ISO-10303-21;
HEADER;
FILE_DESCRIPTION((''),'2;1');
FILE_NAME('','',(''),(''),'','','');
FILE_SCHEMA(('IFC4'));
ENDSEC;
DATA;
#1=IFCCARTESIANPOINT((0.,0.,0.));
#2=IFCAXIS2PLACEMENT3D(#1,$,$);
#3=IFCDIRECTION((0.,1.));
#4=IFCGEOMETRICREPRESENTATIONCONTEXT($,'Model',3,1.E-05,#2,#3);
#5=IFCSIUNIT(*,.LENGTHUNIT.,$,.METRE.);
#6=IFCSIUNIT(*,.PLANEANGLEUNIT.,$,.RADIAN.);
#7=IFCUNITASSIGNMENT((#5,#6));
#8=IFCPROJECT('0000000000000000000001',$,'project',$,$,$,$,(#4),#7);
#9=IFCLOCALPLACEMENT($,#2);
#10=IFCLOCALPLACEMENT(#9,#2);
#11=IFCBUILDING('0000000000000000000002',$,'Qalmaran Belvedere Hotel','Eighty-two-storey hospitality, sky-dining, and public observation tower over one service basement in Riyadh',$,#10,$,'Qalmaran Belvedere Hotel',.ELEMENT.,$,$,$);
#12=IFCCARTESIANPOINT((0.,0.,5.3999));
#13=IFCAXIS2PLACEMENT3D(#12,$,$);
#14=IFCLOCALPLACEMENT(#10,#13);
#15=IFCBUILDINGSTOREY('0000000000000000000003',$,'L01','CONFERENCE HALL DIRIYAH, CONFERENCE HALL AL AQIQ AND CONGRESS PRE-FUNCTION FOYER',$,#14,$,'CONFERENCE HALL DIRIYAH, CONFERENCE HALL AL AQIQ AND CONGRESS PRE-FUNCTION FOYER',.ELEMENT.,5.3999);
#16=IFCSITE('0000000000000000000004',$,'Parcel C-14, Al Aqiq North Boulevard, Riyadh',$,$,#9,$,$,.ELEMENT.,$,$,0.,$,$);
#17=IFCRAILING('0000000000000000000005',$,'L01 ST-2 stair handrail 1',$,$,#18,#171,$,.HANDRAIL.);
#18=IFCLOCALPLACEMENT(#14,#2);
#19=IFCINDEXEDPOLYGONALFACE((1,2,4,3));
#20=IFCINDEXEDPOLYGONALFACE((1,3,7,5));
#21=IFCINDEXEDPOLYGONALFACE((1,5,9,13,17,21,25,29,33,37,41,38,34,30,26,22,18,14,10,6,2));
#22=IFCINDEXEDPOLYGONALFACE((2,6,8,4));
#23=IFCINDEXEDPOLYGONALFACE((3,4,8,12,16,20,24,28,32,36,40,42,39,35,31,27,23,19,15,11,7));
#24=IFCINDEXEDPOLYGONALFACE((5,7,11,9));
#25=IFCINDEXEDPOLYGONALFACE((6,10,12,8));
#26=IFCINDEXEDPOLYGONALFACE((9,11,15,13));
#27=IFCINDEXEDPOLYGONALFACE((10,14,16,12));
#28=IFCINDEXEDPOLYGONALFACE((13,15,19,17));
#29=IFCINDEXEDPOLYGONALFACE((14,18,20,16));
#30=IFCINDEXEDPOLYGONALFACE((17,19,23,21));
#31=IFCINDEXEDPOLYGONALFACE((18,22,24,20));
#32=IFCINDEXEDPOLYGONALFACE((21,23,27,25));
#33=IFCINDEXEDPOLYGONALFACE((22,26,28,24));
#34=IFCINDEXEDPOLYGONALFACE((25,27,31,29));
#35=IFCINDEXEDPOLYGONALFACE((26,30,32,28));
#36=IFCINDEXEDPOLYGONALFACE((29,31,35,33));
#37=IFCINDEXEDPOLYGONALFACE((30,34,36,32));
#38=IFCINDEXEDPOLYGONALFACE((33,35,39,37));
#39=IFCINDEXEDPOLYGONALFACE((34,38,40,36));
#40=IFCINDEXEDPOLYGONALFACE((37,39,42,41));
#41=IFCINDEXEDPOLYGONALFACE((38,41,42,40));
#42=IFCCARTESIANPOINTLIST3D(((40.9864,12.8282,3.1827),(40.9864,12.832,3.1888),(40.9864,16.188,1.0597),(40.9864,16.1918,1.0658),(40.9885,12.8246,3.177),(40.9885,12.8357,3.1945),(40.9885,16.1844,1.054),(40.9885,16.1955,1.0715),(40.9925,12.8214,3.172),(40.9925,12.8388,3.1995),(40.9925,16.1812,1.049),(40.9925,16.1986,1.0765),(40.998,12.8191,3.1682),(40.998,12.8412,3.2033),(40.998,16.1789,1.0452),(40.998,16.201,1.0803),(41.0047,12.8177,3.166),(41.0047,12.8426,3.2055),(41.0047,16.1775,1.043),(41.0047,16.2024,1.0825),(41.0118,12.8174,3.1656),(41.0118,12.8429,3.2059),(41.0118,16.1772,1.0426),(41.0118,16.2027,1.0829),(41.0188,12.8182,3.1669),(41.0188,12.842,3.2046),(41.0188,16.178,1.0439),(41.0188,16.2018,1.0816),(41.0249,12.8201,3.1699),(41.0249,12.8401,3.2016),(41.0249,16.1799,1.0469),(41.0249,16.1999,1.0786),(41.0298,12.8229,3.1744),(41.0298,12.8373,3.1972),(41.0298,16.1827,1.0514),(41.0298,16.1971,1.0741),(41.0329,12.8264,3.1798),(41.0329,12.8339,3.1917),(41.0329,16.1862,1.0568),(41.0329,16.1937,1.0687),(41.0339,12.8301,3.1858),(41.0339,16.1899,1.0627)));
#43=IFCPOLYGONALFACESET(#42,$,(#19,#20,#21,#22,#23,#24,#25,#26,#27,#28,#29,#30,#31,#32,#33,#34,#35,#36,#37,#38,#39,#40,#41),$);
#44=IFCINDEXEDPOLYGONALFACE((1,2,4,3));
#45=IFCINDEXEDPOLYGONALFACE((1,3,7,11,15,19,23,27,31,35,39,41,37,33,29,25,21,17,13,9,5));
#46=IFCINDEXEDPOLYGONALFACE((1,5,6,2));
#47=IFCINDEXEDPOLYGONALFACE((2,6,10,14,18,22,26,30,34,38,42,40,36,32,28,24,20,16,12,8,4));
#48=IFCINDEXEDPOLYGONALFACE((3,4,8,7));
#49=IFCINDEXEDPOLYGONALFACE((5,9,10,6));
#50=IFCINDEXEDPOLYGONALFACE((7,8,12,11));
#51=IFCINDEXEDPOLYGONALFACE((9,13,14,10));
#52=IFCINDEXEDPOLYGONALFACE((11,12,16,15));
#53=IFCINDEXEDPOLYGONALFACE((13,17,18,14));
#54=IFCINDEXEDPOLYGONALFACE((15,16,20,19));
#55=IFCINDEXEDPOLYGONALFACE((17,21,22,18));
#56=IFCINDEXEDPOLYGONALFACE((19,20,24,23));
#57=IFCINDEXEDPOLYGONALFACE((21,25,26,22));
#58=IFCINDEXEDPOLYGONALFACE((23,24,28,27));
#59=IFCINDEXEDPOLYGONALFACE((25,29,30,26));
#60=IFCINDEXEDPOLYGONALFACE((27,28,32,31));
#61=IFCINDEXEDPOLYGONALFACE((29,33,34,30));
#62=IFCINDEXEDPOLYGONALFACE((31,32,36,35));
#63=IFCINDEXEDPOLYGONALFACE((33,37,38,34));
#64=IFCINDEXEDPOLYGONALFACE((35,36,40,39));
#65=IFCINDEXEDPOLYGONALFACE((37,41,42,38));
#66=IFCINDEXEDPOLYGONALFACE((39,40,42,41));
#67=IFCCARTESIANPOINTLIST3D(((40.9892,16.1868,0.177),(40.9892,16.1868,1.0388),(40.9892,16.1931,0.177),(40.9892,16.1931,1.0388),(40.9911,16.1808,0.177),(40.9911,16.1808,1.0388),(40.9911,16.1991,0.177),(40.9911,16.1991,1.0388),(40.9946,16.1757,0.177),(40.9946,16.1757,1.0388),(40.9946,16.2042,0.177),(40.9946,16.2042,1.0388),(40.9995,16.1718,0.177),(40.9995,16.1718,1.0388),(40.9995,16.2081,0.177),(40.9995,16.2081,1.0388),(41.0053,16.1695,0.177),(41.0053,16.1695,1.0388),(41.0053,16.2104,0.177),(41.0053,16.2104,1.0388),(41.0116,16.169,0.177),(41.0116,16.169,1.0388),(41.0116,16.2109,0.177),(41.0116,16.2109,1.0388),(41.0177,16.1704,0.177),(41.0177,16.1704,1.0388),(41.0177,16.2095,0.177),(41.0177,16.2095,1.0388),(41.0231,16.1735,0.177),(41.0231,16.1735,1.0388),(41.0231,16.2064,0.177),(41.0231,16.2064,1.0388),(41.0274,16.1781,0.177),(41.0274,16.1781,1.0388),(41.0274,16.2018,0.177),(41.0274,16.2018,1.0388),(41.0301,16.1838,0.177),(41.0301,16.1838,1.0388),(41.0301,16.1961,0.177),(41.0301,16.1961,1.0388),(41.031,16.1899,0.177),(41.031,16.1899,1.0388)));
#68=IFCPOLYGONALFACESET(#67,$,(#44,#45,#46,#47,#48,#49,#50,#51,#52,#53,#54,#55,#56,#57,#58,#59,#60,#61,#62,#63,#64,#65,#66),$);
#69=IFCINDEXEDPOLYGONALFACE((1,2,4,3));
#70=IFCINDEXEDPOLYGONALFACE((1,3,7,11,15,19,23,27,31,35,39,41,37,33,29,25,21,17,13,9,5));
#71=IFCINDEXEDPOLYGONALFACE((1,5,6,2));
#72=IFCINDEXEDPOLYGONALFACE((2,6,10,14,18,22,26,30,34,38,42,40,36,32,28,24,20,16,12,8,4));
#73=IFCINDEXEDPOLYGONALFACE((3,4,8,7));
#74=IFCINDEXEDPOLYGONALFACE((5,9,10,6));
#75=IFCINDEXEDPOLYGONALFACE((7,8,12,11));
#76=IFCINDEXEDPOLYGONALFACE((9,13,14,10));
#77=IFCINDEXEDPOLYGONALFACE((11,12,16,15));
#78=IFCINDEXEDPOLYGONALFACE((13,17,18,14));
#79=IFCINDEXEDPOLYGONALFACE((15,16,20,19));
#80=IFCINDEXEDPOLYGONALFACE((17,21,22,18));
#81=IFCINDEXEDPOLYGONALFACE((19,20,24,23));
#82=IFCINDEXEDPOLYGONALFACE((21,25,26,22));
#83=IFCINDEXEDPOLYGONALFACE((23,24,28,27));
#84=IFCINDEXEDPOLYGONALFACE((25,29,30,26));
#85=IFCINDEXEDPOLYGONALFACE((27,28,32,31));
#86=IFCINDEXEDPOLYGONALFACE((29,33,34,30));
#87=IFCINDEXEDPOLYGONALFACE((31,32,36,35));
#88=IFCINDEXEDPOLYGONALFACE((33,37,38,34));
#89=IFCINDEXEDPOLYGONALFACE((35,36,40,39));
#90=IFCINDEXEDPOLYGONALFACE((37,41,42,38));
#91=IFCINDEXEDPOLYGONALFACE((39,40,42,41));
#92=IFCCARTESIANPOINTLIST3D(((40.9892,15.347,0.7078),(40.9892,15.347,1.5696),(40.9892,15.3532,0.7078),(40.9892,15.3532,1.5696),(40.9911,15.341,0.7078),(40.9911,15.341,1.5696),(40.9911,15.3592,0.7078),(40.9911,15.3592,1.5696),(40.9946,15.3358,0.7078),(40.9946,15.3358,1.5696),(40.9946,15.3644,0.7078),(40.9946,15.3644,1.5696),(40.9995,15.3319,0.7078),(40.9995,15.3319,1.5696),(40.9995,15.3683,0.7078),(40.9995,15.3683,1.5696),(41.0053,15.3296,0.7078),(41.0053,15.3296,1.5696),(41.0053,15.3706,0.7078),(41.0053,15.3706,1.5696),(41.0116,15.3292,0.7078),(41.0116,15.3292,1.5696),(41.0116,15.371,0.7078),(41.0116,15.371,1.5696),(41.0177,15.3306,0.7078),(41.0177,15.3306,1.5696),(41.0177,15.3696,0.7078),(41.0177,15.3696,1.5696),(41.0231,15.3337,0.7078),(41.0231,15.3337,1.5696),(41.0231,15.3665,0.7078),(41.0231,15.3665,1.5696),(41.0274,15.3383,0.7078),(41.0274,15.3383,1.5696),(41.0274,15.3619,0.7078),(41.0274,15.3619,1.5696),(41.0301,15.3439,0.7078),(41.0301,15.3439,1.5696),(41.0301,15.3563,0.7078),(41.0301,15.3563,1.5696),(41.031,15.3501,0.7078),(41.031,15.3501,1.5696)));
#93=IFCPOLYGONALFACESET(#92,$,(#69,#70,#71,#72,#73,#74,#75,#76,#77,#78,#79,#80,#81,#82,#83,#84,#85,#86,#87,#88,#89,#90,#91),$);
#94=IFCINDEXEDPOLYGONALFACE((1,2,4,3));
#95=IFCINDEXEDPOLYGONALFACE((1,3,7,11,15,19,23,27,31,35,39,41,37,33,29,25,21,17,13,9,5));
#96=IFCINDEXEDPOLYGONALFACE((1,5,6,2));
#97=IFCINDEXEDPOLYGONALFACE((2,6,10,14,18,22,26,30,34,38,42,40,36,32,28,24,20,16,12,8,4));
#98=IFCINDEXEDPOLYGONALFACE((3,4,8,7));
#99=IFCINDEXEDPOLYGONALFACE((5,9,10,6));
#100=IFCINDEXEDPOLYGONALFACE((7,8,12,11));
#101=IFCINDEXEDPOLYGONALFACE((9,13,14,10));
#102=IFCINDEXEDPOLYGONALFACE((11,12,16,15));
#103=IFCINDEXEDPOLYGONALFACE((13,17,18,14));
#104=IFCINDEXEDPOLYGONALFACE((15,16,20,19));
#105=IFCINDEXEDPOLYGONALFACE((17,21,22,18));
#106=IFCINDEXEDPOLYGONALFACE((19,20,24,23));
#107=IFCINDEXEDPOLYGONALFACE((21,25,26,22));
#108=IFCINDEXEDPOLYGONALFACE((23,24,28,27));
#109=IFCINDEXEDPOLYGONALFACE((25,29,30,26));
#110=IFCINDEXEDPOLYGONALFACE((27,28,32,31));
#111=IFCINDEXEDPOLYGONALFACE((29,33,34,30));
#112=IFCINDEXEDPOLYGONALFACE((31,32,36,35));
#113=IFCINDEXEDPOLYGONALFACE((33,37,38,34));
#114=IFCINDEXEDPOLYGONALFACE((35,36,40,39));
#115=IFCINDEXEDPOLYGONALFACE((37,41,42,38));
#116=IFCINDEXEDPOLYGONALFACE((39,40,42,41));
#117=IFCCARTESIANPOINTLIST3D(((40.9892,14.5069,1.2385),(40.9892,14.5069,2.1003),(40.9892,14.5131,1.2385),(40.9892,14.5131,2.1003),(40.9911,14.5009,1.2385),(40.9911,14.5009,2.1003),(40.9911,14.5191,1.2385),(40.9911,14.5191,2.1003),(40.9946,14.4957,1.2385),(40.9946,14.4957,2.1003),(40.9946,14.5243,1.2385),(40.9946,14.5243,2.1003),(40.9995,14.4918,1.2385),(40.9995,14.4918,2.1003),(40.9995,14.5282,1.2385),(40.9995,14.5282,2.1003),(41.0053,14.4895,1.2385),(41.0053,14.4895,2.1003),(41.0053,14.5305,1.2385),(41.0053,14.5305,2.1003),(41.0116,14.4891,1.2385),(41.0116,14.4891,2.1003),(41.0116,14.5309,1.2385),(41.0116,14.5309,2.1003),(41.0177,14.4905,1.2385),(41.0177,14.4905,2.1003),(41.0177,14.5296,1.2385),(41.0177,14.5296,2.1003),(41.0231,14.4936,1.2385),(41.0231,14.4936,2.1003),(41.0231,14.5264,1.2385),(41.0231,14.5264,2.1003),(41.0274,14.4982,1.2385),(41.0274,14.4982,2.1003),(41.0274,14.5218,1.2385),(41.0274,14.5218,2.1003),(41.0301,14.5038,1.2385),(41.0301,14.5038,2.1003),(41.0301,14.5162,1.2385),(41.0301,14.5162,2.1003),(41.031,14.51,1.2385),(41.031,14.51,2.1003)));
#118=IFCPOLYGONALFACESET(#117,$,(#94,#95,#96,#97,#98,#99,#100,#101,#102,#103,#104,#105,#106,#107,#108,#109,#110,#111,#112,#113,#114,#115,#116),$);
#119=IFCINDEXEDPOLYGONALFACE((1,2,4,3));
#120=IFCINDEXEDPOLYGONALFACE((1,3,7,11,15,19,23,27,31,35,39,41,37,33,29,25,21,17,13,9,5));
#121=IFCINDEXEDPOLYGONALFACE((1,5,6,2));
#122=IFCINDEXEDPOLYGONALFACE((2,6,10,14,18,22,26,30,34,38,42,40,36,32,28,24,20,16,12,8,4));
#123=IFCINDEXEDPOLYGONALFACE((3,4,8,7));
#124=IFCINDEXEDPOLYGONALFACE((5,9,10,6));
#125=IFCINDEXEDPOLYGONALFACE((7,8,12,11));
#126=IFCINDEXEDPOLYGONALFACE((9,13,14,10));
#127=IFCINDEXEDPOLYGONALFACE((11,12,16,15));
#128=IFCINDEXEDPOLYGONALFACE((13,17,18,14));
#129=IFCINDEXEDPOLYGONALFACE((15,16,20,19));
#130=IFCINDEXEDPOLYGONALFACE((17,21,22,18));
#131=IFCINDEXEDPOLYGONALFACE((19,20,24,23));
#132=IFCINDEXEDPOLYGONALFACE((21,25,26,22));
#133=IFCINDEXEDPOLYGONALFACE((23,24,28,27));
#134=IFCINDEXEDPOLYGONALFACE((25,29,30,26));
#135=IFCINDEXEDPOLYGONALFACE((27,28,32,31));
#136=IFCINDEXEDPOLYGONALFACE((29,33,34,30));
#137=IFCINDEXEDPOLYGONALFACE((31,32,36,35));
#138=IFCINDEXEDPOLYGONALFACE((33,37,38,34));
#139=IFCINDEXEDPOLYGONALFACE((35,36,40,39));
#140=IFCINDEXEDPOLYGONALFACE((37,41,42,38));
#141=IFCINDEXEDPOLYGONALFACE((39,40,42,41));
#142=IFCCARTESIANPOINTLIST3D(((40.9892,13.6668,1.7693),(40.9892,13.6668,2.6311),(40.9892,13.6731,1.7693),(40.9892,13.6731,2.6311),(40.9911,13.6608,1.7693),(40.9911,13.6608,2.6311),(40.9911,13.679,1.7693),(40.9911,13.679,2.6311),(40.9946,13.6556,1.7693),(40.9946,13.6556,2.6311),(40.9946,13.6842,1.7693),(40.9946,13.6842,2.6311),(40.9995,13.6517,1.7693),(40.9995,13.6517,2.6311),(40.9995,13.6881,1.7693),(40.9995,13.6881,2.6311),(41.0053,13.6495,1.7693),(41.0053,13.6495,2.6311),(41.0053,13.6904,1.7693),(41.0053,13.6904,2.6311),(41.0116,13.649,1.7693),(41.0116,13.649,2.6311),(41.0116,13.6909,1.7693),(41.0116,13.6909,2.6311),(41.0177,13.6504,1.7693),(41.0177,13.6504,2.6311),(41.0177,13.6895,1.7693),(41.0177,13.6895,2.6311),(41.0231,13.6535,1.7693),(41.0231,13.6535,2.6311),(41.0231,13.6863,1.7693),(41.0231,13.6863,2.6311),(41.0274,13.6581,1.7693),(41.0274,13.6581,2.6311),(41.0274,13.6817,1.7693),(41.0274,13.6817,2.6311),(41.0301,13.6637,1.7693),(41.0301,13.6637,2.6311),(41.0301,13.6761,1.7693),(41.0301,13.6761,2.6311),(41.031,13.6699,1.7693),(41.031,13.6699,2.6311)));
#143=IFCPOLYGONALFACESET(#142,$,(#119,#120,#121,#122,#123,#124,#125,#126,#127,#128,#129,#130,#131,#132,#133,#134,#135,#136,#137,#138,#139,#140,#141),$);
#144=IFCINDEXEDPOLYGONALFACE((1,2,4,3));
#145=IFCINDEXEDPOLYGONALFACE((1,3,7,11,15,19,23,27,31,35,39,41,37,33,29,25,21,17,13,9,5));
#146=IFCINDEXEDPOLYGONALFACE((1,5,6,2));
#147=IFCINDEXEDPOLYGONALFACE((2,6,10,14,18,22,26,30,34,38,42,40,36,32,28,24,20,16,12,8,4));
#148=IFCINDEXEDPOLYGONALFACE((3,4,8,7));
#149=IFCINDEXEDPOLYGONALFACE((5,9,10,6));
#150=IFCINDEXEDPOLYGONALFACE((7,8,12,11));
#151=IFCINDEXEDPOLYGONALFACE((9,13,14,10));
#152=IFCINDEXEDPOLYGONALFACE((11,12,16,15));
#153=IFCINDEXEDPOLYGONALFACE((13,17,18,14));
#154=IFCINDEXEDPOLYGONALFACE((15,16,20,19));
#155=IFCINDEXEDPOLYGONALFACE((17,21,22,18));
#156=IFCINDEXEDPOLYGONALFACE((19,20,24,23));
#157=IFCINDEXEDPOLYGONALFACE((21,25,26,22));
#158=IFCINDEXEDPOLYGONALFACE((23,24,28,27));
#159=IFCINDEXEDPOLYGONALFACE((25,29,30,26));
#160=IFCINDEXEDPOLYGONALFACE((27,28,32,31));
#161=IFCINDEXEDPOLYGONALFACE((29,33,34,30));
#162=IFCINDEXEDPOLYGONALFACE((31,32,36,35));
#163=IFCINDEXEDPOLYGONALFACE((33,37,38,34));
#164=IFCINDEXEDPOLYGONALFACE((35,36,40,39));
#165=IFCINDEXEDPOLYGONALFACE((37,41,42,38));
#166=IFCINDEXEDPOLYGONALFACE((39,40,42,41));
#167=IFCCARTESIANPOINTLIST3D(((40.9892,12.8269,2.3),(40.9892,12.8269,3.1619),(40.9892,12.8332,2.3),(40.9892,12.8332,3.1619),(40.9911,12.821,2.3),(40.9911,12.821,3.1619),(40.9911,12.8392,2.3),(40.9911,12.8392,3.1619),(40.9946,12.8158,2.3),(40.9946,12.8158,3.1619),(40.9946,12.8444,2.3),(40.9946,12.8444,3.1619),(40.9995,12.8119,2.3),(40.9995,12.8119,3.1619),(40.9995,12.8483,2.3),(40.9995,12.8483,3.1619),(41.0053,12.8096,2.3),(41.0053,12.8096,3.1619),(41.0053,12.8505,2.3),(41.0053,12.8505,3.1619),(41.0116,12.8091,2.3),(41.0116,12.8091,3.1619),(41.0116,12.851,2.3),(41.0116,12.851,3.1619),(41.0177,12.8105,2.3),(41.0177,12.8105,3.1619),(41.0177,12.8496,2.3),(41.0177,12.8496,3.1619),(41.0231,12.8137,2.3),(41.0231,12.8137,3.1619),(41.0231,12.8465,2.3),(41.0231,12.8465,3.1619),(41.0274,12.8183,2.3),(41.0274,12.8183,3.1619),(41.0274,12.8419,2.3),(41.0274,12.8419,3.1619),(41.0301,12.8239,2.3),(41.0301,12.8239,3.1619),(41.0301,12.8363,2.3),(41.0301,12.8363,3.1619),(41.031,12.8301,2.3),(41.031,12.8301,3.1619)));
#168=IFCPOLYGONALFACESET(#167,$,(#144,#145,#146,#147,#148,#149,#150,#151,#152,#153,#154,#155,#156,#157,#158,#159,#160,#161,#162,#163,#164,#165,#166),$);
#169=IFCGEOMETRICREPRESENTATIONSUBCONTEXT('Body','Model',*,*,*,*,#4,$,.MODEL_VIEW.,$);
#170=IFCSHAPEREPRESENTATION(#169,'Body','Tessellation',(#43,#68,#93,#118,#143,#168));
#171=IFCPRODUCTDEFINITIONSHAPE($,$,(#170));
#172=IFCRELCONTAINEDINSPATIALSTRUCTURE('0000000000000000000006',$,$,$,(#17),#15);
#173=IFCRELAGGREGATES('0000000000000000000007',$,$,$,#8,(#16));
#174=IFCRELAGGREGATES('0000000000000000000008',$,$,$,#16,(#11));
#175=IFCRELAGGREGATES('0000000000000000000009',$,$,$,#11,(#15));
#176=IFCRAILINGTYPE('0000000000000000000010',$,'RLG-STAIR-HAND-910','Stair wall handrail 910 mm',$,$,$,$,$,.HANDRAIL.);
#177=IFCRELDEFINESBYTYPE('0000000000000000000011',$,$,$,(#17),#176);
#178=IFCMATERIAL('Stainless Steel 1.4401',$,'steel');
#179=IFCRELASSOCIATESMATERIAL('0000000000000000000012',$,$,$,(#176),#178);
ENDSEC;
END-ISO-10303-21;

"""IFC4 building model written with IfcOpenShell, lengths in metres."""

from ifc_helpers import new_model, si_unit, direction, frame, origin, origin_2d, place, context, subcontext, project, spatial, circle, extrude, material, type_object, element, save


model = new_model("IFC4")

# Units and contexts
model_context = context("Model", 3, precision=1e-05, world=origin(), true_north=direction((0.0, 1.0)))
body_context = subcontext(model_context, "Body", "Model", "MODEL_VIEW")
ifc_project = project(units=[si_unit("LENGTHUNIT", "METRE"), si_unit("PLANEANGLEUNIT", "RADIAN")], contexts=[model_context])

# Site, building, storey
site_placement = place(None, origin())
site = spatial("IfcSite", under=ifc_project, at=site_placement, Name="Parcel C-14, Al Aqiq North Boulevard, Riyadh", CompositionType="ELEMENT", RefElevation=0.0)
building_placement = place(site_placement, origin())
building = spatial("IfcBuilding", under=site, at=building_placement, Name="Qalmaran Belvedere Hotel", Description="Eighty-two-storey hospitality, sky-dining, and public observation tower over one service basement in Riyadh", LongName="Qalmaran Belvedere Hotel", CompositionType="ELEMENT")
storey_placement = place(building_placement, frame((0.0, 0.0, 5.3999)))
storey = spatial("IfcBuildingStorey", under=building, at=storey_placement, Name="L01", Description="CONFERENCE HALL DIRIYAH, CONFERENCE HALL AL AQIQ AND CONGRESS PRE-FUNCTION FOYER", LongName="CONFERENCE HALL DIRIYAH, CONFERENCE HALL AL AQIQ AND CONGRESS PRE-FUNCTION FOYER", CompositionType="ELEMENT", Elevation=5.3999)

# Shared definitions
ifc_material_1 = material(Name="Stainless Steel 1.4401", Category="steel")

# Railing
railing_type_1 = type_object("IfcRailingType", Name="RLG-STAIR-HAND-910", Description="Stair wall handrail 910 mm", PredefinedType="HANDRAIL", material=ifc_material_1)
railing_1_placement = place(storey_placement, frame((41.01, 16.1899, 0.177)))
element("IfcRailing", 1, at=railing_1_placement, inside=storey, type_object=railing_type_1, Name="L01 ST-2 stair handrail 1", PredefinedType="HANDRAIL", context=body_context, shape_type="SweptSolid", body=[
    extrude(circle(Radius=0.0239, at=origin_2d()), frame((0.0, 0.0, 0.8857), z_axis=(0.0, -0.845372, 0.534178), x_axis=(1.0, 0.0, 0.0)), (0.0, 0.0, 1.0), 3.9744),
    extrude(circle(Radius=0.021, at=origin_2d()), origin(), (0.0, 0.0, 1.0), 0.8618),
    extrude(circle(Radius=0.021, at=origin_2d()), frame((0.0, -0.8398, 0.5308)), (0.0, 0.0, 1.0), 0.8618),
    extrude(circle(Radius=0.021, at=origin_2d()), frame((0.0, -1.6799, 1.0615)), (0.0, 0.0, 1.0), 0.8618),
    extrude(circle(Radius=0.021, at=origin_2d()), frame((0.0, -2.52, 1.5923)), (0.0, 0.0, 1.0), 0.8618),
    extrude(circle(Radius=0.021, at=origin_2d()), frame((0.0, -3.3599, 2.123)), (0.0, 0.0, 1.0), 0.8618),
])

save(model, "model.ifc")
